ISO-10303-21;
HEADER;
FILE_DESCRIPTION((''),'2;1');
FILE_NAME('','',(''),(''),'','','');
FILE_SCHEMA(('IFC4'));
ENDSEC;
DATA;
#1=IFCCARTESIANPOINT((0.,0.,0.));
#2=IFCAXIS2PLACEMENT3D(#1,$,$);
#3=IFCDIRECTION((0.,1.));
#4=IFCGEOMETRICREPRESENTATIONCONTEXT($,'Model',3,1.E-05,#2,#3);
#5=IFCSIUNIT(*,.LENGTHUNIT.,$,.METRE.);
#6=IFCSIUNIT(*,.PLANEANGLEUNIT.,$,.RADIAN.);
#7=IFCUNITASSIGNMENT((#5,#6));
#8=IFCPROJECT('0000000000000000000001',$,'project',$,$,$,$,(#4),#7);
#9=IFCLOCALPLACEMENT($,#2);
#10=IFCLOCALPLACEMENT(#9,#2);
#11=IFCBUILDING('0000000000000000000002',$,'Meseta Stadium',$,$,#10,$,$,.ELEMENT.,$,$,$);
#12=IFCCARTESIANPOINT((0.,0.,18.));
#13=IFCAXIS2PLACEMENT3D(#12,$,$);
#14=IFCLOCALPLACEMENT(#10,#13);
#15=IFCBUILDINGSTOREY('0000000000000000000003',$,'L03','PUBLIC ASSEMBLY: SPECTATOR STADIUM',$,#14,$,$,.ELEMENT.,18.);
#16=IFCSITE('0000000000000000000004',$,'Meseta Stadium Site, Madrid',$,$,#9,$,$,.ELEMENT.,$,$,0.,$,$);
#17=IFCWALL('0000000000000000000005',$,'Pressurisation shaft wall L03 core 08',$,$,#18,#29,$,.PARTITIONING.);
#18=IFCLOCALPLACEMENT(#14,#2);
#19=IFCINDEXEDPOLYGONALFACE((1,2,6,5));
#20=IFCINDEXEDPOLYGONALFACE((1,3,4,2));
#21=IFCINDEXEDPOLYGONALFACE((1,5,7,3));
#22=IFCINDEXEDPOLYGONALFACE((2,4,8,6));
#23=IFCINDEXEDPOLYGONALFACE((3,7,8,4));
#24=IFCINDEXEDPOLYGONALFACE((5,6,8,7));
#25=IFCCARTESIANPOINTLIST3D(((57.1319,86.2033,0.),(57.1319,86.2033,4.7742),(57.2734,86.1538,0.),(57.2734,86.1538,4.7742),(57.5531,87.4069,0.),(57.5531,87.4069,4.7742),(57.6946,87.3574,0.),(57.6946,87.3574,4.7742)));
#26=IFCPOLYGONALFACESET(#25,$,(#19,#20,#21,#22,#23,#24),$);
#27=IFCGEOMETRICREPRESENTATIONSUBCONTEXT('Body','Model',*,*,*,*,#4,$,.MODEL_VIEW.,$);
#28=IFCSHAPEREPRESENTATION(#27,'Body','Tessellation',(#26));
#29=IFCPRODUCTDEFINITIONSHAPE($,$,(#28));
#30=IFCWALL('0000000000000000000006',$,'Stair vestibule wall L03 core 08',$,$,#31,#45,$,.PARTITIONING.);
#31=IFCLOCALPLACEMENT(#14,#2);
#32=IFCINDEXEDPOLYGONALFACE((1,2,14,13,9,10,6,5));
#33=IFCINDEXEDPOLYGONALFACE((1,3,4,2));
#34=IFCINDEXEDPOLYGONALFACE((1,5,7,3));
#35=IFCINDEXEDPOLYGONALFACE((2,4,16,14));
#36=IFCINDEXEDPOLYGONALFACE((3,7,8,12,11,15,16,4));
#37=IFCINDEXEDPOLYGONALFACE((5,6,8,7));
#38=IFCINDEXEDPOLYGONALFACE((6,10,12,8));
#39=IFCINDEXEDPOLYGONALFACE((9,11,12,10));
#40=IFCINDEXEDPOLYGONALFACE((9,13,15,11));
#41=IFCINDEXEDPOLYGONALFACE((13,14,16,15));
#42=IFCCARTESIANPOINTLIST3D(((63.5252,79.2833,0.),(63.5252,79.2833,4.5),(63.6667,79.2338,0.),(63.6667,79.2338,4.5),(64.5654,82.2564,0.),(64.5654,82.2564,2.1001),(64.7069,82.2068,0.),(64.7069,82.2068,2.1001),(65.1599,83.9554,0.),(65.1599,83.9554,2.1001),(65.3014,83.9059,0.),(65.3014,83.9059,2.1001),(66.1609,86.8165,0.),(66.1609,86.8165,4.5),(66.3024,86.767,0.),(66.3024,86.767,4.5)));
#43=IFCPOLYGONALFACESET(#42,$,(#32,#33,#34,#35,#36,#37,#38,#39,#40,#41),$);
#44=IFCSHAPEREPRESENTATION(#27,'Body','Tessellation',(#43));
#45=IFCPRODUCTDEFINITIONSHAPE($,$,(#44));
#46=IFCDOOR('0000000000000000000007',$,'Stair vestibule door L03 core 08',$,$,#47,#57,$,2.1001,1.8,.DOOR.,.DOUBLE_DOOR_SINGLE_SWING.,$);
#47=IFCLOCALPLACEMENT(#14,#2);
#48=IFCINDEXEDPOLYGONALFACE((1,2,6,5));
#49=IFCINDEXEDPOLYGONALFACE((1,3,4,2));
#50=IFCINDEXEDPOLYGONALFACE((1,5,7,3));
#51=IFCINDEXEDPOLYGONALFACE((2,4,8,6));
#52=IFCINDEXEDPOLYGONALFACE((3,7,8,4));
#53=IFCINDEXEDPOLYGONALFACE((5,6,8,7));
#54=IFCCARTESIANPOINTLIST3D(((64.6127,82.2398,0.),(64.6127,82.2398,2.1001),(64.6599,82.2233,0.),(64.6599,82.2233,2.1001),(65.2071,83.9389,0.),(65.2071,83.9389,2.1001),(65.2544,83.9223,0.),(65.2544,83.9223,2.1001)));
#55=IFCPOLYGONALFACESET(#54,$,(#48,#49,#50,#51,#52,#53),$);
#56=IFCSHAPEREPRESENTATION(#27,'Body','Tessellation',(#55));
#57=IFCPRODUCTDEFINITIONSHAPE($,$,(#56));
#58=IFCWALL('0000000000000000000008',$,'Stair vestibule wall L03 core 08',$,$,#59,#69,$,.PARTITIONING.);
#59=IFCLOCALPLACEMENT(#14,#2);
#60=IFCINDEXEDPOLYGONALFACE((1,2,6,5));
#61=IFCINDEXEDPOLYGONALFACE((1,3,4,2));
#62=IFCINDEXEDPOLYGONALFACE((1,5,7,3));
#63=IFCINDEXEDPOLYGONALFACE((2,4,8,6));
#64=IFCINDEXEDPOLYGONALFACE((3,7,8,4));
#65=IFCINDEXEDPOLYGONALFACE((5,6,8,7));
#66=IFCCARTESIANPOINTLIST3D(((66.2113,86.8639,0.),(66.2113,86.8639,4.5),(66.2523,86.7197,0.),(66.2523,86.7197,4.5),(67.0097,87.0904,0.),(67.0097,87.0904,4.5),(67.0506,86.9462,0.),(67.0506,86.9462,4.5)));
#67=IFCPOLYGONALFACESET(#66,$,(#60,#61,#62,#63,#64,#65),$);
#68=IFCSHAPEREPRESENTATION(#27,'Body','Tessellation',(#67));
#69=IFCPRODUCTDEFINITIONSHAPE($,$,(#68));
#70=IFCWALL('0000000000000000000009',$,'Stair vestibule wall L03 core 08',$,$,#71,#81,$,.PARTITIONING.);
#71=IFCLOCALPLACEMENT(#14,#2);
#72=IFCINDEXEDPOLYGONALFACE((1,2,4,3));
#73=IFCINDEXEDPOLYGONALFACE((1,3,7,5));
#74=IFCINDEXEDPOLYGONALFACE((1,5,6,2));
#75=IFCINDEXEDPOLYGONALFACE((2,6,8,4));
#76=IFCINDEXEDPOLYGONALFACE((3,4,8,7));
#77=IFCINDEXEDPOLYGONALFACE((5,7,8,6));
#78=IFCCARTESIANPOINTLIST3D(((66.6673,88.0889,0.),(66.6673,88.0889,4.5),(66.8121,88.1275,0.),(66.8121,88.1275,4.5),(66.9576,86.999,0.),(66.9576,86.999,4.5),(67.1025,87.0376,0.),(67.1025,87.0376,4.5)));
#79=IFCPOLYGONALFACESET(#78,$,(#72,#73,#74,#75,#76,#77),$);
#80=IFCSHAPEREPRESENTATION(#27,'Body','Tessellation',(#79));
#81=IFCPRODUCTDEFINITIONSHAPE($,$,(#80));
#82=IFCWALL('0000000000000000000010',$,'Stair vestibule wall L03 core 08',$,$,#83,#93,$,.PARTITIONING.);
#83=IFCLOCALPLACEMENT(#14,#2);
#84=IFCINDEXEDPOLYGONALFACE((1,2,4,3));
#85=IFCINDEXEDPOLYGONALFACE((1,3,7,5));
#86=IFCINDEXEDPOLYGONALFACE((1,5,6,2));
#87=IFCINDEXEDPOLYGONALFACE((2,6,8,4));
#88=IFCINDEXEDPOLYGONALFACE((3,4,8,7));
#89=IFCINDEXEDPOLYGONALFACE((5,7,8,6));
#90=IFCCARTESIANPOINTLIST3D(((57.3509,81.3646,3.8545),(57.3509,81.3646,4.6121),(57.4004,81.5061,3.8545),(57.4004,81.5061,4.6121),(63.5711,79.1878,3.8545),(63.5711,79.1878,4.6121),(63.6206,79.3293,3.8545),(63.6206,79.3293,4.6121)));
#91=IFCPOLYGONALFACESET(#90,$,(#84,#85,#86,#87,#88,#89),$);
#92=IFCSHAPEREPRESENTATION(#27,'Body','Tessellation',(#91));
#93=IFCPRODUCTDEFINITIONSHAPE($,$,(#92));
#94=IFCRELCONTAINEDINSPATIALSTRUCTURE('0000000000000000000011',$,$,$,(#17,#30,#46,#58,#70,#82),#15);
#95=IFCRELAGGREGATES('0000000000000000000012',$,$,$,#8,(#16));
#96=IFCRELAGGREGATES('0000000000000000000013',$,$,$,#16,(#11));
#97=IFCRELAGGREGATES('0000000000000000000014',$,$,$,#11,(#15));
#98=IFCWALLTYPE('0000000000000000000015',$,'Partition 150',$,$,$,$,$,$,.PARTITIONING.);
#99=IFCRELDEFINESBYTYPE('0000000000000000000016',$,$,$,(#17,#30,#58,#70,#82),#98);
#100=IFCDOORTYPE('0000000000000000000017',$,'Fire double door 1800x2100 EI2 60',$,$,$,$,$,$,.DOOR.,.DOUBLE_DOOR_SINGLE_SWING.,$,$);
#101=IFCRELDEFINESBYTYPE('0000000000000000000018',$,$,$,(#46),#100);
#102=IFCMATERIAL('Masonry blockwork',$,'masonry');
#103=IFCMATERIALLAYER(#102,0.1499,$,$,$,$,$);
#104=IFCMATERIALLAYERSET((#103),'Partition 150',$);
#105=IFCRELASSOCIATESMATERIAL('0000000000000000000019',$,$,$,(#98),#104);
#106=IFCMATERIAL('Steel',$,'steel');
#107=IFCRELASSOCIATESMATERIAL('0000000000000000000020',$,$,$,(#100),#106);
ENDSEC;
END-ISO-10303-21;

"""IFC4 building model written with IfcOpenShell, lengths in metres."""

from ifc_helpers import new_model, si_unit, direction, frame, frame_2d, origin, place, context, subcontext, project, spatial, rectangle, extrude, material, layer, layer_set, type_object, element, fill, save


model = new_model("IFC4")

# Units and contexts
model_context = context("Model", 3, precision=1e-05, world=origin(), true_north=direction((0.0, 1.0)))
body_context = subcontext(model_context, "Body", "Model", "MODEL_VIEW")
ifc_project = project(units=[si_unit("LENGTHUNIT", "METRE"), si_unit("PLANEANGLEUNIT", "RADIAN")], contexts=[model_context])

# Site, building, storey
site_placement = place(None, origin())
site = spatial("IfcSite", under=ifc_project, at=site_placement, Name="Meseta Stadium Site, Madrid", CompositionType="ELEMENT", RefElevation=0.0)
building_placement = place(site_placement, origin())
building = spatial("IfcBuilding", under=site, at=building_placement, Name="Meseta Stadium", CompositionType="ELEMENT")
storey_placement = place(building_placement, frame((0.0, 0.0, 18.0)))
storey = spatial("IfcBuildingStorey", under=building, at=storey_placement, Name="L03", Description="PUBLIC ASSEMBLY: SPECTATOR STADIUM", CompositionType="ELEMENT", Elevation=18.0)

# Shared definitions
ifc_material_1 = material(Name="Masonry blockwork", Category="masonry")
ifc_layer_1 = layer(ifc_material_1, 0.1499)
ifc_layer_set_1 = layer_set([ifc_layer_1], Name="Partition 150")
wall_type_1 = type_object("IfcWallType", Name="Partition 150", PredefinedType="PARTITIONING", material=ifc_layer_set_1)

# Shared definitions
ifc_material_2 = material(Name="Steel", Category="steel")
door_type_1 = type_object("IfcDoorType", Name="Fire double door 1800x2100 EI2 60", OperationType="DOUBLE_DOOR_SINGLE_SWING", PredefinedType="DOOR", material=ifc_material_2)

# Wall
wall_1_placement = place(storey_placement, frame((57.2026, 86.1785, 0.0), z_axis=(0.0, 0.0, 1.0), x_axis=(0.330265, 0.943888, 0.0)))
element("IfcWall", 1, at=wall_1_placement, inside=storey, type_object=wall_type_1, Name="Pressurisation shaft wall L03 core 08", PredefinedType="PARTITIONING", context=body_context, shape_type="SweptSolid", body=[
    extrude(rectangle(XDim=1.2751, YDim=0.1499, at=frame_2d((0.6377, 0.0))), origin(), (0.0, 0.0, 1.0), 4.7742),
])

# Wall, opening, door
wall_2_placement = place(storey_placement, frame((63.5959, 79.2585, 0.0), z_axis=(0.0, 0.0, 1.0), x_axis=(0.330252, 0.943893, 0.0)))
wall_2 = element("IfcWall", 2, at=wall_2_placement, inside=storey, type_object=wall_type_1, Name="Stair vestibule wall L03 core 08", PredefinedType="PARTITIONING", context=body_context, shape_type="SweptSolid", body=[
    extrude(rectangle(XDim=7.981, YDim=0.1499, at=frame_2d((3.9905, 0.0))), origin(), (0.0, 0.0, 1.0), 4.5),
])
opening_1_placement = place(wall_2_placement, frame((3.1499, 0.0, 0.0)))
opening_1 = element("IfcOpeningElement", 3, at=opening_1_placement, cuts=wall_2, PredefinedType="OPENING", context=body_context, shape_type="SweptSolid", body=[
    extrude(rectangle(XDim=1.8, YDim=2.1001, at=frame_2d((0.8999, 1.05))), frame((0.0, 0.085, 0.0), z_axis=(0.0, -1.0, 0.0), x_axis=(1.0, 0.0, 0.0)), (0.0, 0.0, 1.0), 0.1699),
])
door_1_placement = place(opening_1_placement, origin())
door_1 = element("IfcDoor", 4, at=door_1_placement, inside=storey, type_object=door_type_1, Name="Stair vestibule door L03 core 08", OperationType="DOUBLE_DOOR_SINGLE_SWING", OverallHeight=2.1001, OverallWidth=1.8, PredefinedType="DOOR", context=body_context, shape_type="SweptSolid", body=[
    extrude(rectangle(XDim=1.8, YDim=2.1001, at=frame_2d((0.8999, 1.05))), frame((0.0, 0.0249, 0.0), z_axis=(0.0, -1.0, 0.0), x_axis=(1.0, 0.0, 0.0)), (0.0, 0.0, 1.0), 0.05),
])
fill(opening_1, door_1)

# Walls
wall_3_placement = place(storey_placement, frame((66.2317, 86.7917, 0.0), z_axis=(0.0, 0.0, 1.0), x_axis=(0.962011, 0.273011, 0.0)))
element("IfcWall", 5, at=wall_3_placement, inside=storey, type_object=wall_type_1, Name="Stair vestibule wall L03 core 08", PredefinedType="PARTITIONING", context=body_context, shape_type="SweptSolid", body=[
    extrude(rectangle(XDim=0.8298, YDim=0.1499, at=frame_2d((0.415, 0.0))), origin(), (0.0, 0.0, 1.0), 4.5),
])
wall_4_placement = place(storey_placement, frame((67.03, 87.0183, 0.0), z_axis=(0.0, 0.0, 1.0), x_axis=(-0.25738, 0.96631, 0.0)))
element("IfcWall", 6, at=wall_4_placement, inside=storey, type_object=wall_type_1, Name="Stair vestibule wall L03 core 08", PredefinedType="PARTITIONING", context=body_context, shape_type="SweptSolid", body=[
    extrude(rectangle(XDim=1.1279, YDim=0.1499, at=frame_2d((0.564, 0.0))), origin(), (0.0, 0.0, 1.0), 4.5),
])
wall_5_placement = place(storey_placement, frame((57.3757, 81.4353, 3.8545), z_axis=(0.0, 0.0, 1.0), x_axis=(0.943873, -0.330308, 0.0)))
element("IfcWall", 7, at=wall_5_placement, inside=storey, type_object=wall_type_1, Name="Stair vestibule wall L03 core 08", PredefinedType="PARTITIONING", context=body_context, shape_type="SweptSolid", body=[
    extrude(rectangle(XDim=6.5901, YDim=0.1499, at=frame_2d((3.2949, 0.0))), origin(), (0.0, 0.0, 1.0), 0.7576),
])

save(model, "model.ifc")
